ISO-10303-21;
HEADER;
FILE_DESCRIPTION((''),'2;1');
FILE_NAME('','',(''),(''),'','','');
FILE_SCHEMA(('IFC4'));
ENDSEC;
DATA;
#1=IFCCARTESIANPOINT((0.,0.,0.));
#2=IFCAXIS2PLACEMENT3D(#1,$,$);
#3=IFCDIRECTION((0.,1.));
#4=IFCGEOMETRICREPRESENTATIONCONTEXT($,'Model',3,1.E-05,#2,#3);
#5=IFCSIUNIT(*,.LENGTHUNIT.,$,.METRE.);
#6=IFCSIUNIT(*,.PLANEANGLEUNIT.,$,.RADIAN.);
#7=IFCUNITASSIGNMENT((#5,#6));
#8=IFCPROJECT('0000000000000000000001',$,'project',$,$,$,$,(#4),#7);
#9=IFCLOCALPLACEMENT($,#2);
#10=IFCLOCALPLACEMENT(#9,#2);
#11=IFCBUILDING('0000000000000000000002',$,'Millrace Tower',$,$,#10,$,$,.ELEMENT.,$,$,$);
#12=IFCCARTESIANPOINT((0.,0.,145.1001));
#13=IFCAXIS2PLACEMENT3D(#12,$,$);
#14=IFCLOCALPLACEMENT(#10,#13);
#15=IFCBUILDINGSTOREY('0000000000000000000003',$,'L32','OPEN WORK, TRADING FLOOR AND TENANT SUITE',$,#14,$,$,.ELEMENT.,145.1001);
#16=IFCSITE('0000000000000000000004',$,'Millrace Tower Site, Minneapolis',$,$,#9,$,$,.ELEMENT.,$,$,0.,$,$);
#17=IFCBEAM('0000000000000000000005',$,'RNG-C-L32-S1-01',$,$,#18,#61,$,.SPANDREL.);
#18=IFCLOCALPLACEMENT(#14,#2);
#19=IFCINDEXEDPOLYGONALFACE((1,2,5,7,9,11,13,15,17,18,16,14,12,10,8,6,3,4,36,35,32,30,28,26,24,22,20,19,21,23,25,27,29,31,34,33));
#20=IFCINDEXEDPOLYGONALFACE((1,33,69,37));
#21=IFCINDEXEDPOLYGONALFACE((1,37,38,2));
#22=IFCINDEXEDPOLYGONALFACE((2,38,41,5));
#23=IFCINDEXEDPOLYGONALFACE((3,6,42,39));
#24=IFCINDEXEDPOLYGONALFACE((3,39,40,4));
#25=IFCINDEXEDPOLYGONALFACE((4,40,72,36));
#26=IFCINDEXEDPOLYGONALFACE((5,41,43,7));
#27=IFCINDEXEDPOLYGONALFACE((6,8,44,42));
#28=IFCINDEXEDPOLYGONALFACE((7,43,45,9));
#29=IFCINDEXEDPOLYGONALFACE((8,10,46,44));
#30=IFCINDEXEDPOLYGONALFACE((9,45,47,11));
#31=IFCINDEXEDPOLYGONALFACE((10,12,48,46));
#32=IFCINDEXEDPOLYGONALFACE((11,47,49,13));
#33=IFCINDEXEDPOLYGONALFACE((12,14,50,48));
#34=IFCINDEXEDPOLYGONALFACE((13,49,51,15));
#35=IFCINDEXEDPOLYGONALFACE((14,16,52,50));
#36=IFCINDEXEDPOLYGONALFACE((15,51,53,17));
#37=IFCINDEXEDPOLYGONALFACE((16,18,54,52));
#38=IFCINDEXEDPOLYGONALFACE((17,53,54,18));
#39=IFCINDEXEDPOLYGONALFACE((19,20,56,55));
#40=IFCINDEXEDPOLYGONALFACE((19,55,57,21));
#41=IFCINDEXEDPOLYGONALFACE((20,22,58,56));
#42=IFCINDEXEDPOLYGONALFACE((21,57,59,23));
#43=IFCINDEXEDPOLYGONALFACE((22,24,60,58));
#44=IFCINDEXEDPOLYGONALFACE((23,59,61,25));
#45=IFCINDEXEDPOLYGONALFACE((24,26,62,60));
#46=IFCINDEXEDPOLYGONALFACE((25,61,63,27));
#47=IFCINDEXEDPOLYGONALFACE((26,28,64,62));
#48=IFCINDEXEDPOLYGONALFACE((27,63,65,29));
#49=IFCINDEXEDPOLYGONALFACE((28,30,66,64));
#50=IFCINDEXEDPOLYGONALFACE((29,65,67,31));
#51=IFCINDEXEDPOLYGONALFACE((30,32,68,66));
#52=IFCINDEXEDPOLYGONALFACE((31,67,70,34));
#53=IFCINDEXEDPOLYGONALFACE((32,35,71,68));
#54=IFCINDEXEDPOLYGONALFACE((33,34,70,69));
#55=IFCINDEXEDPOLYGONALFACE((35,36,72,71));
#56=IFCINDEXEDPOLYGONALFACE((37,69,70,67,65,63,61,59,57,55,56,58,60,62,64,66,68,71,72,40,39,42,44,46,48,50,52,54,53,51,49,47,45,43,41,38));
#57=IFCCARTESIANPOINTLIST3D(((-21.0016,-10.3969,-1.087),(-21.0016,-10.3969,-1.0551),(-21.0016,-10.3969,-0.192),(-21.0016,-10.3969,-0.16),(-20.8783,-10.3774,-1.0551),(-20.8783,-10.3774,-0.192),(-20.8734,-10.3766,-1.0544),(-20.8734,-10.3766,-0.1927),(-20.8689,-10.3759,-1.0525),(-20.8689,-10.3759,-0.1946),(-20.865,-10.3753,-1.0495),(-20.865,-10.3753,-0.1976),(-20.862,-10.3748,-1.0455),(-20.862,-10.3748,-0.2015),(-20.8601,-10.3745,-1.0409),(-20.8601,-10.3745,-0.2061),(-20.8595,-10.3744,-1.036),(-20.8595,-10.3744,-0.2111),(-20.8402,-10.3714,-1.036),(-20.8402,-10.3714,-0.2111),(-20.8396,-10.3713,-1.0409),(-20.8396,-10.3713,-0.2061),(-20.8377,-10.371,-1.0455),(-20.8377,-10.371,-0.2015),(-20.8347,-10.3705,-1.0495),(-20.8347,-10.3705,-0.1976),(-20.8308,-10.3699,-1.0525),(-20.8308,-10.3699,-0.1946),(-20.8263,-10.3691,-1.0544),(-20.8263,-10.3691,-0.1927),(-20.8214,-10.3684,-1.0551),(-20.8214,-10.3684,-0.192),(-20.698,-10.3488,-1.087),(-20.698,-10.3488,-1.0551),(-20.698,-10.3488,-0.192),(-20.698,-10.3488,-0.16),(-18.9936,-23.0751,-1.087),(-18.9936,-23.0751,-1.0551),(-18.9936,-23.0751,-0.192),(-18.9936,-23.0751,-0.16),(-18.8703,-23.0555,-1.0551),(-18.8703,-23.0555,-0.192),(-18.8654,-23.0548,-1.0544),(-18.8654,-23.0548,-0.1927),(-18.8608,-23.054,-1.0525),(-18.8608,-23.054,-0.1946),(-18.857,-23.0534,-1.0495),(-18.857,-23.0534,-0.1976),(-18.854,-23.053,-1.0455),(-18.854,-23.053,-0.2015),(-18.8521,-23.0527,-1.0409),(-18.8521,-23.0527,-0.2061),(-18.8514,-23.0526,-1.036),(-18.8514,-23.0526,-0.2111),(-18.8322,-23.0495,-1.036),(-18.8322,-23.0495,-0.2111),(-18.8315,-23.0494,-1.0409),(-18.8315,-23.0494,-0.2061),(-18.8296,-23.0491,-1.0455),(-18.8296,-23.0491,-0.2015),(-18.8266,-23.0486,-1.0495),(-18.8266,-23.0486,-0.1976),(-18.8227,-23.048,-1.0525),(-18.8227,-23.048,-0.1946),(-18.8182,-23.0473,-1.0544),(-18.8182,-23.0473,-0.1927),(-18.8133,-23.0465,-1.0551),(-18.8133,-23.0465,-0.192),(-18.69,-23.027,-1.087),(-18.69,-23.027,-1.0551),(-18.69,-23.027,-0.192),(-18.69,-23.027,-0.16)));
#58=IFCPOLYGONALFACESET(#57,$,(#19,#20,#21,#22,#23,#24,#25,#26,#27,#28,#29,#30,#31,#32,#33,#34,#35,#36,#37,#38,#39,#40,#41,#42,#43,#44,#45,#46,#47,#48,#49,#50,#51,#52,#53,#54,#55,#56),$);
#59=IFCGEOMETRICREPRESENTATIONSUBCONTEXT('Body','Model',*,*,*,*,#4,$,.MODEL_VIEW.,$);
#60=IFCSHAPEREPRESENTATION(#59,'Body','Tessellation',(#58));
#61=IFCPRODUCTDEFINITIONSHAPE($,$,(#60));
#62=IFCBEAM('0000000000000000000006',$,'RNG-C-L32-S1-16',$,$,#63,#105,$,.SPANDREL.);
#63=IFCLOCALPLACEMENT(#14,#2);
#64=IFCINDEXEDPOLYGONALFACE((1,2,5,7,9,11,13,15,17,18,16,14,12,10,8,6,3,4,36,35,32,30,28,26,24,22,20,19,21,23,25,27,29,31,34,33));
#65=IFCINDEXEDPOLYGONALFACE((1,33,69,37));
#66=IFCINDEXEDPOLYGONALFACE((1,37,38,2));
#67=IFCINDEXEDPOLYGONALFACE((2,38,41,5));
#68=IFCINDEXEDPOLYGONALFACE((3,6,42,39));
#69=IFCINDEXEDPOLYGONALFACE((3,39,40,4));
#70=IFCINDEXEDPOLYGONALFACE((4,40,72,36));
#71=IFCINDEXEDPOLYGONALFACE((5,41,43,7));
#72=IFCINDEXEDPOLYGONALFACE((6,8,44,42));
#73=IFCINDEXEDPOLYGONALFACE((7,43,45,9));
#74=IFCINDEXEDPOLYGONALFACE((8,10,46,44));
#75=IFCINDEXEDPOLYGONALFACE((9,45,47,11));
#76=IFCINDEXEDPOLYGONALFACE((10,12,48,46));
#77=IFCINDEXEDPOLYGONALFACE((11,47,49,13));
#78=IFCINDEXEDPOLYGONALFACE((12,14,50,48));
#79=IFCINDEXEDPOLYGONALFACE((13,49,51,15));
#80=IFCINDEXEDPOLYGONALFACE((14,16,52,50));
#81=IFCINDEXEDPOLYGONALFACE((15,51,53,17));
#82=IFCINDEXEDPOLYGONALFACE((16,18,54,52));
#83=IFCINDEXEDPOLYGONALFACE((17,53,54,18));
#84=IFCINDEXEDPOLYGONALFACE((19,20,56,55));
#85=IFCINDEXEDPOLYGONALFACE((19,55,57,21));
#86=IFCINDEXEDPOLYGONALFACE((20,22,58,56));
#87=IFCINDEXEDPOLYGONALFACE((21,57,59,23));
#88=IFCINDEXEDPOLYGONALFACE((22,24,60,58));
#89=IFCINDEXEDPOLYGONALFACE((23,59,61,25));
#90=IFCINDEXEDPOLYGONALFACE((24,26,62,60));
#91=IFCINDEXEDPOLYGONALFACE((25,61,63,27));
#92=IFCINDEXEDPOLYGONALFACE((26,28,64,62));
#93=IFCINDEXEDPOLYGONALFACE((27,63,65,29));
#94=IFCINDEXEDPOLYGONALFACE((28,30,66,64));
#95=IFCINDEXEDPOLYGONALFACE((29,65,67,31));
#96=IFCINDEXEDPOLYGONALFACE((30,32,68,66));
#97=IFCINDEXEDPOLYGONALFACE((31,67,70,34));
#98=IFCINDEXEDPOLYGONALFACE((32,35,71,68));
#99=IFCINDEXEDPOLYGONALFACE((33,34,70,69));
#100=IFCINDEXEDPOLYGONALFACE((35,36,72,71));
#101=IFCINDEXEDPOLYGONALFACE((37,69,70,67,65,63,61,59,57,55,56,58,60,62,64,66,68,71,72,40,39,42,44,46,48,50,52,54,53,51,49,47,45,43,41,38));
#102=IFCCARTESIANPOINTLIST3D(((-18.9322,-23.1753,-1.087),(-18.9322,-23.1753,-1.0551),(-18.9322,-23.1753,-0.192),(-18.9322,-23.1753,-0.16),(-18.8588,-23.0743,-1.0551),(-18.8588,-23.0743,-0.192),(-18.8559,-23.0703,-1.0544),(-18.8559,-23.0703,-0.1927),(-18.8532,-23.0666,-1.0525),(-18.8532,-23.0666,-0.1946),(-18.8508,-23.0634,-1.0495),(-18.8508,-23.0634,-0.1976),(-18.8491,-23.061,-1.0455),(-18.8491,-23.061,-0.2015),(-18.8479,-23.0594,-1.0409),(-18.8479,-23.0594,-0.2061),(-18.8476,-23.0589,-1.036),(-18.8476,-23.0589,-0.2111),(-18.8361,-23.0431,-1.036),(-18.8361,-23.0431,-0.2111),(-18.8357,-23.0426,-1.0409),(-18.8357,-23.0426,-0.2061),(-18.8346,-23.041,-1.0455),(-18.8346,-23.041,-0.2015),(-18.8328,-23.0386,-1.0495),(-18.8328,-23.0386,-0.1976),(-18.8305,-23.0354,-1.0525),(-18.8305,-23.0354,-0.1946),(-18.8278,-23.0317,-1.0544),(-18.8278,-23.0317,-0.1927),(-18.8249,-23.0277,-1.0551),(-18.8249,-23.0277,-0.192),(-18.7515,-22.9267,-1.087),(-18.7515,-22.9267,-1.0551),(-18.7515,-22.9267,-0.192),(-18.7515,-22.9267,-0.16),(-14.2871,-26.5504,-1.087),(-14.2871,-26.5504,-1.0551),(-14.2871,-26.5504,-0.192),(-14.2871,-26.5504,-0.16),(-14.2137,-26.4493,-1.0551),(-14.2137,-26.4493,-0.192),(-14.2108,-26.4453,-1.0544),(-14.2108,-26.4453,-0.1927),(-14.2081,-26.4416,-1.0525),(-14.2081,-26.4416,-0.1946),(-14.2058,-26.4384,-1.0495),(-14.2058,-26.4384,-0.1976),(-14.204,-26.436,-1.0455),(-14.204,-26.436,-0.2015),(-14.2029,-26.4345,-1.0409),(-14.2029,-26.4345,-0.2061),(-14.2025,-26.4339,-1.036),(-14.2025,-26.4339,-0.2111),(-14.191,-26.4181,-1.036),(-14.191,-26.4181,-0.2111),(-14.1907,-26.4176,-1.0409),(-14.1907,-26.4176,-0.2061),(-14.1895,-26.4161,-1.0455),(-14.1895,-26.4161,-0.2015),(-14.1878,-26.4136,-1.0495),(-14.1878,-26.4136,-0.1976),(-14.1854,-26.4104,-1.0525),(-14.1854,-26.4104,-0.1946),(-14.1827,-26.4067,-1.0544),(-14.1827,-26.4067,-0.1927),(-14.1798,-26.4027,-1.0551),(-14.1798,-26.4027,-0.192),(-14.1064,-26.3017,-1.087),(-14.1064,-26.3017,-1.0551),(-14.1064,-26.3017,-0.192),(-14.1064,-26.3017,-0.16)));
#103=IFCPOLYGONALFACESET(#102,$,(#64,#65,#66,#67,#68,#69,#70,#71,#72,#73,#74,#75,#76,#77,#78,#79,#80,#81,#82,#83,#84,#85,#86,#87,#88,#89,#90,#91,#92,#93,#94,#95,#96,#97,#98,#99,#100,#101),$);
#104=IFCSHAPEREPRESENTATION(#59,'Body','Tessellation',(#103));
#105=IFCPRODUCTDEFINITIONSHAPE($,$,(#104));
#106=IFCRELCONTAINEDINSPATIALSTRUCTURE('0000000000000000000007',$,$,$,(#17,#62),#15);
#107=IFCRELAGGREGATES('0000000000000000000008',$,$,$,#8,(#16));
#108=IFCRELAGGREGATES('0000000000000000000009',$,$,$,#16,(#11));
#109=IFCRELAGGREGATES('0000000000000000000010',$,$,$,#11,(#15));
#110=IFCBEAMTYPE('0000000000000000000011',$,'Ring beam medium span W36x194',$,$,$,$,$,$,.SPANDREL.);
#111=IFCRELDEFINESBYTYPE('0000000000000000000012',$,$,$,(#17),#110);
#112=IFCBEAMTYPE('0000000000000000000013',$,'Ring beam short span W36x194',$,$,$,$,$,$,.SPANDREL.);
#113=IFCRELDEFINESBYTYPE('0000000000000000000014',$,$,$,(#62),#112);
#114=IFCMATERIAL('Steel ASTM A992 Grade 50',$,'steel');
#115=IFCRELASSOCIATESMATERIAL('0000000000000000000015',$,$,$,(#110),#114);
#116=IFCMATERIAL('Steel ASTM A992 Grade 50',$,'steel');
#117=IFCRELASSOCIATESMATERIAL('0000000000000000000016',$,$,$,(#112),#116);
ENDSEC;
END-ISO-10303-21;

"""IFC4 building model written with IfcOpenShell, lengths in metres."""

from ifc_helpers import new_model, si_unit, direction, frame, origin, origin_2d, place, context, subcontext, project, spatial, i_section, extrude, material, material_profile, profile_set, type_object, element, save


model = new_model("IFC4")

# Units and contexts
model_context = context("Model", 3, precision=1e-05, world=origin(), true_north=direction((0.0, 1.0)))
body_context = subcontext(model_context, "Body", "Model", "MODEL_VIEW")
ifc_project = project(units=[si_unit("LENGTHUNIT", "METRE"), si_unit("PLANEANGLEUNIT", "RADIAN")], contexts=[model_context])

# Site, building, storey
site_placement = place(None, origin())
site = spatial("IfcSite", under=ifc_project, at=site_placement, Name="Millrace Tower Site, Minneapolis", CompositionType="ELEMENT", RefElevation=0.0)
building_placement = place(site_placement, origin())
building = spatial("IfcBuilding", under=site, at=building_placement, Name="Millrace Tower", CompositionType="ELEMENT")
storey_placement = place(building_placement, frame((0.0, 0.0, 145.1001)))
storey = spatial("IfcBuildingStorey", under=building, at=storey_placement, Name="L32", Description="OPEN WORK, TRADING FLOOR AND TENANT SUITE", CompositionType="ELEMENT", Elevation=145.1001)

# Beams
ifc_material_1 = material(Name="Steel ASTM A992 Grade 50", Category="steel")
ifc_material_profile_1 = material_profile(ifc_material_1, i_section(OverallWidth=0.3074, OverallDepth=0.927, WebThickness=0.0195, FlangeThickness=0.032, FilletRadius=0.019, at=origin_2d()))
ifc_profile_set_1 = profile_set([ifc_material_profile_1], Name="Steel ASTM A992 Grade 50")
beam_type_1 = type_object("IfcBeamType", Name="Ring beam medium span W36x194", PredefinedType="SPANDREL", material=ifc_profile_set_1)
beam_1_placement = place(storey_placement, frame((-18.8418, -23.051, -0.6235), z_axis=(-0.156436, 0.987688, 0.0), x_axis=(-0.987688, -0.156436, 0.0)))
element("IfcBeam", 1, at=beam_1_placement, inside=storey, type_object=beam_type_1, Name="RNG-C-L32-S1-01", PredefinedType="SPANDREL", context=body_context, shape_type="SweptSolid", body=[
    extrude(i_section(OverallWidth=0.3074, OverallDepth=0.927, WebThickness=0.0195, FlangeThickness=0.032, FilletRadius=0.019, at=origin_2d()), origin(), (0.0, 0.0, 1.0), 12.8362),
])
ifc_material_2 = material(Name="Steel ASTM A992 Grade 50", Category="steel")
ifc_material_profile_2 = material_profile(ifc_material_2, i_section(OverallWidth=0.3074, OverallDepth=0.927, WebThickness=0.0195, FlangeThickness=0.032, FilletRadius=0.019, at=origin_2d()))
ifc_profile_set_2 = profile_set([ifc_material_profile_2], Name="Steel ASTM A992 Grade 50")
beam_type_2 = type_object("IfcBeamType", Name="Ring beam short span W36x194", PredefinedType="SPANDREL", material=ifc_profile_set_2)
beam_2_placement = place(storey_placement, frame((-14.1968, -26.426, -0.6235), z_axis=(-0.809001, 0.587808, 0.0), x_axis=(-0.587808, -0.809001, 0.0)))
element("IfcBeam", 2, at=beam_2_placement, inside=storey, type_object=beam_type_2, Name="RNG-C-L32-S1-16", PredefinedType="SPANDREL", context=body_context, shape_type="SweptSolid", body=[
    extrude(i_section(OverallWidth=0.3074, OverallDepth=0.927, WebThickness=0.0195, FlangeThickness=0.032, FilletRadius=0.019, at=origin_2d()), origin(), (0.0, 0.0, 1.0), 5.7417),
])

save(model, "model.ifc")
